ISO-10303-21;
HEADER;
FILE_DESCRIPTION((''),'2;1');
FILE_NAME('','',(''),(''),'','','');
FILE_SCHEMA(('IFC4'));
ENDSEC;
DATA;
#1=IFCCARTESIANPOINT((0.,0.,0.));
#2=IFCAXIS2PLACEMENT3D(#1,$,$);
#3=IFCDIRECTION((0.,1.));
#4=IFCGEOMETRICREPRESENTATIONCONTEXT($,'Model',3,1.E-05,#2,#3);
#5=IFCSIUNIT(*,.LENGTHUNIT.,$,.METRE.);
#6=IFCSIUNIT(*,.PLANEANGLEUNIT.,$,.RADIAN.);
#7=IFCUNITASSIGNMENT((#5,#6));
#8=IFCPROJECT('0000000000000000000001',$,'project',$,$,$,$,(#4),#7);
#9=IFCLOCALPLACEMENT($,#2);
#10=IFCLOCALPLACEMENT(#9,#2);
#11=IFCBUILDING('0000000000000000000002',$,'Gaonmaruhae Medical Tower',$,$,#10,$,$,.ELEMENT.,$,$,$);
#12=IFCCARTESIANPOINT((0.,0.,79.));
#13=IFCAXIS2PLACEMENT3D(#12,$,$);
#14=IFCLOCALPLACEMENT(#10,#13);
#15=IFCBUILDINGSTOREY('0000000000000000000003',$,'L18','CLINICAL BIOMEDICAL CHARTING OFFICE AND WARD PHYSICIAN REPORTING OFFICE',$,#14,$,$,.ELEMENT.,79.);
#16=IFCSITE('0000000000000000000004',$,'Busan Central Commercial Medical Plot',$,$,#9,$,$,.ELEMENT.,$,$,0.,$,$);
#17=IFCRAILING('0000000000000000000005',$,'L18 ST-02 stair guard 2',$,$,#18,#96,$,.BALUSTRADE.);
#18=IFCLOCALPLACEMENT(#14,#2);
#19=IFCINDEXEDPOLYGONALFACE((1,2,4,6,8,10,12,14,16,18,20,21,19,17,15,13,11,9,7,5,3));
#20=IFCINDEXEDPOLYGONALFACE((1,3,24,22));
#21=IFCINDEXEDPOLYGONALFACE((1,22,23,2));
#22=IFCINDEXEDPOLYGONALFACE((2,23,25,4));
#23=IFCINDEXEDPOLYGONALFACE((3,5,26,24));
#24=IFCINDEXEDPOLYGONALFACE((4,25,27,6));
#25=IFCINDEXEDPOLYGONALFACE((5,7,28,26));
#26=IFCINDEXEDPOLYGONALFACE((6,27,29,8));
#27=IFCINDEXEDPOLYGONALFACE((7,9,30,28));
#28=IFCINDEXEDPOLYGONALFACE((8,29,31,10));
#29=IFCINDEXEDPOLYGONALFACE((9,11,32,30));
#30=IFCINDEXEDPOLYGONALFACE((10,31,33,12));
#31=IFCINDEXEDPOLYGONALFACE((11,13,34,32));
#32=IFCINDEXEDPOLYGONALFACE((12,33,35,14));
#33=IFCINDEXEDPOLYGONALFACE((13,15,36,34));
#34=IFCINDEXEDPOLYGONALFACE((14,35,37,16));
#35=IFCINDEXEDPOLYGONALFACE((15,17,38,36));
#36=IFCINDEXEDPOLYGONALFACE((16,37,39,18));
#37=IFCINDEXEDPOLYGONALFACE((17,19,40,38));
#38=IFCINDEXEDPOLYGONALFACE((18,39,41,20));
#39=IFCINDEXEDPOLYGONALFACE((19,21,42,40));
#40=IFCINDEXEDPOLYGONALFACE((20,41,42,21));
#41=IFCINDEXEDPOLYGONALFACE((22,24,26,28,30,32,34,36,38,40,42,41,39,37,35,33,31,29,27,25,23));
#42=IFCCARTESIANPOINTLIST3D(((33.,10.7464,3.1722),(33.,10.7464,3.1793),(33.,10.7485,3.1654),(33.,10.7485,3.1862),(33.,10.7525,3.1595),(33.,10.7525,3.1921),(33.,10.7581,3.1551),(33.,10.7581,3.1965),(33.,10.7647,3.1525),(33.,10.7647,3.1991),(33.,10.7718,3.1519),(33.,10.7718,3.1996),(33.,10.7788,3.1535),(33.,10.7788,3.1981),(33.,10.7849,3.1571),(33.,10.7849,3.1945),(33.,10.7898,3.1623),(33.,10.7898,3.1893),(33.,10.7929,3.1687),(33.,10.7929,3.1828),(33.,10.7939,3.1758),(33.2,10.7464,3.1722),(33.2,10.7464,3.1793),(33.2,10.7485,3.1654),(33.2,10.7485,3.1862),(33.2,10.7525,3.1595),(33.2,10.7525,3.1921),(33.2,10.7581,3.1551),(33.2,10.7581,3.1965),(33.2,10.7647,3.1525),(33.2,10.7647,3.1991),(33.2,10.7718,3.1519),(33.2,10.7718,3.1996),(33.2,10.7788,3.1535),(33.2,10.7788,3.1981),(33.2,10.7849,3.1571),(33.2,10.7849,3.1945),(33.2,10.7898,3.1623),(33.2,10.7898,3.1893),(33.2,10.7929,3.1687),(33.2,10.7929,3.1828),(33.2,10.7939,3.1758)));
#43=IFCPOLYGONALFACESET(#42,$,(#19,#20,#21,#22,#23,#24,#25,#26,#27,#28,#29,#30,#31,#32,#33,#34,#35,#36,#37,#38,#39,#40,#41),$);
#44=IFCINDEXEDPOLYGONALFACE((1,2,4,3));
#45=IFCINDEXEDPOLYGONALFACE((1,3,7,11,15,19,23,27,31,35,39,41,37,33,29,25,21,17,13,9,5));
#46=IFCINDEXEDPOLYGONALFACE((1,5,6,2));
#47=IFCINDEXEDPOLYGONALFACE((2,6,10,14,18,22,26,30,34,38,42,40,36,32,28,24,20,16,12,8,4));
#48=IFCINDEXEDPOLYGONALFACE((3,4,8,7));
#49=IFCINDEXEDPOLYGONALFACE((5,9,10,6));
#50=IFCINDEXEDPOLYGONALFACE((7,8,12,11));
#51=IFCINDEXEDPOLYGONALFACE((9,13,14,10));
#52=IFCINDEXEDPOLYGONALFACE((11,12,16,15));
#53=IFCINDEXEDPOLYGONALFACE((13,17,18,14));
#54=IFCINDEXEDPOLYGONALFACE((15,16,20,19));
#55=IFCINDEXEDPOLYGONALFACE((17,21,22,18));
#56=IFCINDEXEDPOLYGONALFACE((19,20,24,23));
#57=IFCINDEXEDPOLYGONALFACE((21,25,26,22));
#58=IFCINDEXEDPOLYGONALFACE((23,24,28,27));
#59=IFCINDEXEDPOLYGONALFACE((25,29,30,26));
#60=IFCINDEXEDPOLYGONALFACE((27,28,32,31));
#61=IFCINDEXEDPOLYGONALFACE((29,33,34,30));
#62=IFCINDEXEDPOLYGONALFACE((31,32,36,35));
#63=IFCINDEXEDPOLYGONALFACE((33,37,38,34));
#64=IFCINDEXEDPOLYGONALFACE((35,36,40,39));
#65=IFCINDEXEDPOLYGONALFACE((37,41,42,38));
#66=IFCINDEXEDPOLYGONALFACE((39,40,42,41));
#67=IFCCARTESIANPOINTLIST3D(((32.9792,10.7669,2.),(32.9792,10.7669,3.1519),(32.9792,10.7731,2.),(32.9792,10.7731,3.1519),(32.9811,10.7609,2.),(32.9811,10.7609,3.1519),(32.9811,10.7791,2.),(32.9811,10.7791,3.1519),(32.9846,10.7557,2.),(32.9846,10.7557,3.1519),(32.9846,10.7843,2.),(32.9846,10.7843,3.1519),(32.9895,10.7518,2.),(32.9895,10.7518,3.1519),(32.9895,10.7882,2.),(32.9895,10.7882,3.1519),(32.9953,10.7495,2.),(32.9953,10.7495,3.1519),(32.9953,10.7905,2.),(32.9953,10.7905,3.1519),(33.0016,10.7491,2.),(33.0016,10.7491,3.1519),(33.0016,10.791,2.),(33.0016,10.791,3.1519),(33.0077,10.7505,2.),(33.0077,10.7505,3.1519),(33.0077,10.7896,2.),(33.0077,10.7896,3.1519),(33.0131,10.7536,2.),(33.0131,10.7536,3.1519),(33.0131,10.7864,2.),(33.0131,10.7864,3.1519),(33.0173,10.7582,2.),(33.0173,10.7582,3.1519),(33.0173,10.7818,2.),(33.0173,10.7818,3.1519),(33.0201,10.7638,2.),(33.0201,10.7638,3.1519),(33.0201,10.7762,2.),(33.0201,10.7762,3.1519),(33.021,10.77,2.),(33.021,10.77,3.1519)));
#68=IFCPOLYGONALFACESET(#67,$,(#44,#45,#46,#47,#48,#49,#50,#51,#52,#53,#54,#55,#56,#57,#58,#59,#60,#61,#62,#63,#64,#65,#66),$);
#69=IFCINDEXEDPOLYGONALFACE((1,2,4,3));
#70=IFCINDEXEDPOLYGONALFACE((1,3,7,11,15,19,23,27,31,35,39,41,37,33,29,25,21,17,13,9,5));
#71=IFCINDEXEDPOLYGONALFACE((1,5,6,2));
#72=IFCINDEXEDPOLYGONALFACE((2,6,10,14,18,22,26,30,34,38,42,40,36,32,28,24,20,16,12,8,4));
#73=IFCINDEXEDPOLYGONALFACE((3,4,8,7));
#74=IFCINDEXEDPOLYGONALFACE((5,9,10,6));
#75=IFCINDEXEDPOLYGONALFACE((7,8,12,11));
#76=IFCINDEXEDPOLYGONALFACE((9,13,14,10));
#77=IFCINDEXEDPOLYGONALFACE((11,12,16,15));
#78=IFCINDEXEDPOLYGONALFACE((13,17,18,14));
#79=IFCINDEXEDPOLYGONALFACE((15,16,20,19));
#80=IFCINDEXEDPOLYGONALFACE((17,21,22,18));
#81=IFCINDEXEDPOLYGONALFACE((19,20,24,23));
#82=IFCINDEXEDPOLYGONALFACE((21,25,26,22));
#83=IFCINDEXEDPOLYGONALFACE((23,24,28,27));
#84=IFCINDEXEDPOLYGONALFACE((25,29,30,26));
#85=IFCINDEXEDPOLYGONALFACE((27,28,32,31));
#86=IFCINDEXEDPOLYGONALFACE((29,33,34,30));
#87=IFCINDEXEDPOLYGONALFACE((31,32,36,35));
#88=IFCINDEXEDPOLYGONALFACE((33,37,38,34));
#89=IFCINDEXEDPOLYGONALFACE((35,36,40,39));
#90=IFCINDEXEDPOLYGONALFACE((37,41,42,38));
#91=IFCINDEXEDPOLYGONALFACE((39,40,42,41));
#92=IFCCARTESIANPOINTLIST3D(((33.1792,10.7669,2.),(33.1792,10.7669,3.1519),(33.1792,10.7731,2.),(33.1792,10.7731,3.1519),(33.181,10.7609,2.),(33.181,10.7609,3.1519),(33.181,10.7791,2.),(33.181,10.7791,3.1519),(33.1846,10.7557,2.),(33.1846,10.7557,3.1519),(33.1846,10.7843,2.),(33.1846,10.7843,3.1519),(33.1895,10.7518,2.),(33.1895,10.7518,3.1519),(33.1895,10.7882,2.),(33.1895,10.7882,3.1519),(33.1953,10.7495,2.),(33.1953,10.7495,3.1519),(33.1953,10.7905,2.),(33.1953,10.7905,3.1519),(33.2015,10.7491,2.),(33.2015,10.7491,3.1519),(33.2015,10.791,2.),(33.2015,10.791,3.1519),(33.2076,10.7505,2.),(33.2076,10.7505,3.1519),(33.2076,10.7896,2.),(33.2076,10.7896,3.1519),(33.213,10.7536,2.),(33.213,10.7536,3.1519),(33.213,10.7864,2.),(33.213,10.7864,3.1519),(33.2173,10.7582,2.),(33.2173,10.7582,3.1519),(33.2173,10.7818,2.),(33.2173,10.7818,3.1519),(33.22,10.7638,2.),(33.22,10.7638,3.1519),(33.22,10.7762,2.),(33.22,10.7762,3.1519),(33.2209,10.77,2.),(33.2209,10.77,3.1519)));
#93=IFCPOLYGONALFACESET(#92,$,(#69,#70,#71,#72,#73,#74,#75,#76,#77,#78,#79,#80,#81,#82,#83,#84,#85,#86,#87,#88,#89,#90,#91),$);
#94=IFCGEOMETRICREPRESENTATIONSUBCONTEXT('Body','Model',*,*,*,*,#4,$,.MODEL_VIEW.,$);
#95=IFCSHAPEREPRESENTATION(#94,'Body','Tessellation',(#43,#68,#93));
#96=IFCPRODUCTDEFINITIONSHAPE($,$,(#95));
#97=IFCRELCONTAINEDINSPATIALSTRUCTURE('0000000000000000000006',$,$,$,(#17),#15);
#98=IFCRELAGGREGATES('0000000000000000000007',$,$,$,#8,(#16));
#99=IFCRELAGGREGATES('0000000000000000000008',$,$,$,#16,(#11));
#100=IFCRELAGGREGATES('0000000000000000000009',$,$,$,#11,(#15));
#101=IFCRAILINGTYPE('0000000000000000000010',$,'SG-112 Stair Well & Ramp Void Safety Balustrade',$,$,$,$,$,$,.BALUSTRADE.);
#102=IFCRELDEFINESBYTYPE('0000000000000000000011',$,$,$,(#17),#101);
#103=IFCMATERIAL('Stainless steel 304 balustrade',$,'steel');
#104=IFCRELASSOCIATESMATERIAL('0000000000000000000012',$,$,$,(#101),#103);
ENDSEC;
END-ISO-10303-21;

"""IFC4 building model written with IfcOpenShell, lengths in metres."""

from ifc_helpers import new_model, si_unit, direction, frame, origin, origin_2d, place, context, subcontext, project, spatial, circle, extrude, material, type_object, element, save


model = new_model("IFC4")

# Units and contexts
model_context = context("Model", 3, precision=1e-05, world=origin(), true_north=direction((0.0, 1.0)))
body_context = subcontext(model_context, "Body", "Model", "MODEL_VIEW")
ifc_project = project(units=[si_unit("LENGTHUNIT", "METRE"), si_unit("PLANEANGLEUNIT", "RADIAN")], contexts=[model_context])

# Site, building, storey
site_placement = place(None, origin())
site = spatial("IfcSite", under=ifc_project, at=site_placement, Name="Busan Central Commercial Medical Plot", CompositionType="ELEMENT", RefElevation=0.0)
building_placement = place(site_placement, origin())
building = spatial("IfcBuilding", under=site, at=building_placement, Name="Gaonmaruhae Medical Tower", CompositionType="ELEMENT")
storey_placement = place(building_placement, frame((0.0, 0.0, 79.0)))
storey = spatial("IfcBuildingStorey", under=building, at=storey_placement, Name="L18", Description="CLINICAL BIOMEDICAL CHARTING OFFICE AND WARD PHYSICIAN REPORTING OFFICE", CompositionType="ELEMENT", Elevation=79.0)

# Railing
ifc_material_1 = material(Name="Stainless steel 304 balustrade", Category="steel")
railing_type_1 = type_object("IfcRailingType", Name="SG-112 Stair Well & Ramp Void Safety Balustrade", PredefinedType="BALUSTRADE", material=ifc_material_1)
railing_1_placement = place(storey_placement, frame((33.0, 10.77, 2.0)))
element("IfcRailing", 1, at=railing_1_placement, inside=storey, type_object=railing_type_1, Name="L18 ST-02 stair guard 2", PredefinedType="BALUSTRADE", context=body_context, shape_type="SweptSolid", body=[
    extrude(circle(Radius=0.0239, at=origin_2d()), frame((0.0, 0.0, 1.1758), z_axis=(1.0, 0.0, 0.0), x_axis=(0.0, 1.0, 0.0)), (0.0, 0.0, 1.0), 0.2),
    extrude(circle(Radius=0.021, at=origin_2d()), origin(), (0.0, 0.0, 1.0), 1.1519),
    extrude(circle(Radius=0.021, at=origin_2d()), frame((0.2, 0.0, 0.0)), (0.0, 0.0, 1.0), 1.1519),
])

save(model, "model.ifc")
